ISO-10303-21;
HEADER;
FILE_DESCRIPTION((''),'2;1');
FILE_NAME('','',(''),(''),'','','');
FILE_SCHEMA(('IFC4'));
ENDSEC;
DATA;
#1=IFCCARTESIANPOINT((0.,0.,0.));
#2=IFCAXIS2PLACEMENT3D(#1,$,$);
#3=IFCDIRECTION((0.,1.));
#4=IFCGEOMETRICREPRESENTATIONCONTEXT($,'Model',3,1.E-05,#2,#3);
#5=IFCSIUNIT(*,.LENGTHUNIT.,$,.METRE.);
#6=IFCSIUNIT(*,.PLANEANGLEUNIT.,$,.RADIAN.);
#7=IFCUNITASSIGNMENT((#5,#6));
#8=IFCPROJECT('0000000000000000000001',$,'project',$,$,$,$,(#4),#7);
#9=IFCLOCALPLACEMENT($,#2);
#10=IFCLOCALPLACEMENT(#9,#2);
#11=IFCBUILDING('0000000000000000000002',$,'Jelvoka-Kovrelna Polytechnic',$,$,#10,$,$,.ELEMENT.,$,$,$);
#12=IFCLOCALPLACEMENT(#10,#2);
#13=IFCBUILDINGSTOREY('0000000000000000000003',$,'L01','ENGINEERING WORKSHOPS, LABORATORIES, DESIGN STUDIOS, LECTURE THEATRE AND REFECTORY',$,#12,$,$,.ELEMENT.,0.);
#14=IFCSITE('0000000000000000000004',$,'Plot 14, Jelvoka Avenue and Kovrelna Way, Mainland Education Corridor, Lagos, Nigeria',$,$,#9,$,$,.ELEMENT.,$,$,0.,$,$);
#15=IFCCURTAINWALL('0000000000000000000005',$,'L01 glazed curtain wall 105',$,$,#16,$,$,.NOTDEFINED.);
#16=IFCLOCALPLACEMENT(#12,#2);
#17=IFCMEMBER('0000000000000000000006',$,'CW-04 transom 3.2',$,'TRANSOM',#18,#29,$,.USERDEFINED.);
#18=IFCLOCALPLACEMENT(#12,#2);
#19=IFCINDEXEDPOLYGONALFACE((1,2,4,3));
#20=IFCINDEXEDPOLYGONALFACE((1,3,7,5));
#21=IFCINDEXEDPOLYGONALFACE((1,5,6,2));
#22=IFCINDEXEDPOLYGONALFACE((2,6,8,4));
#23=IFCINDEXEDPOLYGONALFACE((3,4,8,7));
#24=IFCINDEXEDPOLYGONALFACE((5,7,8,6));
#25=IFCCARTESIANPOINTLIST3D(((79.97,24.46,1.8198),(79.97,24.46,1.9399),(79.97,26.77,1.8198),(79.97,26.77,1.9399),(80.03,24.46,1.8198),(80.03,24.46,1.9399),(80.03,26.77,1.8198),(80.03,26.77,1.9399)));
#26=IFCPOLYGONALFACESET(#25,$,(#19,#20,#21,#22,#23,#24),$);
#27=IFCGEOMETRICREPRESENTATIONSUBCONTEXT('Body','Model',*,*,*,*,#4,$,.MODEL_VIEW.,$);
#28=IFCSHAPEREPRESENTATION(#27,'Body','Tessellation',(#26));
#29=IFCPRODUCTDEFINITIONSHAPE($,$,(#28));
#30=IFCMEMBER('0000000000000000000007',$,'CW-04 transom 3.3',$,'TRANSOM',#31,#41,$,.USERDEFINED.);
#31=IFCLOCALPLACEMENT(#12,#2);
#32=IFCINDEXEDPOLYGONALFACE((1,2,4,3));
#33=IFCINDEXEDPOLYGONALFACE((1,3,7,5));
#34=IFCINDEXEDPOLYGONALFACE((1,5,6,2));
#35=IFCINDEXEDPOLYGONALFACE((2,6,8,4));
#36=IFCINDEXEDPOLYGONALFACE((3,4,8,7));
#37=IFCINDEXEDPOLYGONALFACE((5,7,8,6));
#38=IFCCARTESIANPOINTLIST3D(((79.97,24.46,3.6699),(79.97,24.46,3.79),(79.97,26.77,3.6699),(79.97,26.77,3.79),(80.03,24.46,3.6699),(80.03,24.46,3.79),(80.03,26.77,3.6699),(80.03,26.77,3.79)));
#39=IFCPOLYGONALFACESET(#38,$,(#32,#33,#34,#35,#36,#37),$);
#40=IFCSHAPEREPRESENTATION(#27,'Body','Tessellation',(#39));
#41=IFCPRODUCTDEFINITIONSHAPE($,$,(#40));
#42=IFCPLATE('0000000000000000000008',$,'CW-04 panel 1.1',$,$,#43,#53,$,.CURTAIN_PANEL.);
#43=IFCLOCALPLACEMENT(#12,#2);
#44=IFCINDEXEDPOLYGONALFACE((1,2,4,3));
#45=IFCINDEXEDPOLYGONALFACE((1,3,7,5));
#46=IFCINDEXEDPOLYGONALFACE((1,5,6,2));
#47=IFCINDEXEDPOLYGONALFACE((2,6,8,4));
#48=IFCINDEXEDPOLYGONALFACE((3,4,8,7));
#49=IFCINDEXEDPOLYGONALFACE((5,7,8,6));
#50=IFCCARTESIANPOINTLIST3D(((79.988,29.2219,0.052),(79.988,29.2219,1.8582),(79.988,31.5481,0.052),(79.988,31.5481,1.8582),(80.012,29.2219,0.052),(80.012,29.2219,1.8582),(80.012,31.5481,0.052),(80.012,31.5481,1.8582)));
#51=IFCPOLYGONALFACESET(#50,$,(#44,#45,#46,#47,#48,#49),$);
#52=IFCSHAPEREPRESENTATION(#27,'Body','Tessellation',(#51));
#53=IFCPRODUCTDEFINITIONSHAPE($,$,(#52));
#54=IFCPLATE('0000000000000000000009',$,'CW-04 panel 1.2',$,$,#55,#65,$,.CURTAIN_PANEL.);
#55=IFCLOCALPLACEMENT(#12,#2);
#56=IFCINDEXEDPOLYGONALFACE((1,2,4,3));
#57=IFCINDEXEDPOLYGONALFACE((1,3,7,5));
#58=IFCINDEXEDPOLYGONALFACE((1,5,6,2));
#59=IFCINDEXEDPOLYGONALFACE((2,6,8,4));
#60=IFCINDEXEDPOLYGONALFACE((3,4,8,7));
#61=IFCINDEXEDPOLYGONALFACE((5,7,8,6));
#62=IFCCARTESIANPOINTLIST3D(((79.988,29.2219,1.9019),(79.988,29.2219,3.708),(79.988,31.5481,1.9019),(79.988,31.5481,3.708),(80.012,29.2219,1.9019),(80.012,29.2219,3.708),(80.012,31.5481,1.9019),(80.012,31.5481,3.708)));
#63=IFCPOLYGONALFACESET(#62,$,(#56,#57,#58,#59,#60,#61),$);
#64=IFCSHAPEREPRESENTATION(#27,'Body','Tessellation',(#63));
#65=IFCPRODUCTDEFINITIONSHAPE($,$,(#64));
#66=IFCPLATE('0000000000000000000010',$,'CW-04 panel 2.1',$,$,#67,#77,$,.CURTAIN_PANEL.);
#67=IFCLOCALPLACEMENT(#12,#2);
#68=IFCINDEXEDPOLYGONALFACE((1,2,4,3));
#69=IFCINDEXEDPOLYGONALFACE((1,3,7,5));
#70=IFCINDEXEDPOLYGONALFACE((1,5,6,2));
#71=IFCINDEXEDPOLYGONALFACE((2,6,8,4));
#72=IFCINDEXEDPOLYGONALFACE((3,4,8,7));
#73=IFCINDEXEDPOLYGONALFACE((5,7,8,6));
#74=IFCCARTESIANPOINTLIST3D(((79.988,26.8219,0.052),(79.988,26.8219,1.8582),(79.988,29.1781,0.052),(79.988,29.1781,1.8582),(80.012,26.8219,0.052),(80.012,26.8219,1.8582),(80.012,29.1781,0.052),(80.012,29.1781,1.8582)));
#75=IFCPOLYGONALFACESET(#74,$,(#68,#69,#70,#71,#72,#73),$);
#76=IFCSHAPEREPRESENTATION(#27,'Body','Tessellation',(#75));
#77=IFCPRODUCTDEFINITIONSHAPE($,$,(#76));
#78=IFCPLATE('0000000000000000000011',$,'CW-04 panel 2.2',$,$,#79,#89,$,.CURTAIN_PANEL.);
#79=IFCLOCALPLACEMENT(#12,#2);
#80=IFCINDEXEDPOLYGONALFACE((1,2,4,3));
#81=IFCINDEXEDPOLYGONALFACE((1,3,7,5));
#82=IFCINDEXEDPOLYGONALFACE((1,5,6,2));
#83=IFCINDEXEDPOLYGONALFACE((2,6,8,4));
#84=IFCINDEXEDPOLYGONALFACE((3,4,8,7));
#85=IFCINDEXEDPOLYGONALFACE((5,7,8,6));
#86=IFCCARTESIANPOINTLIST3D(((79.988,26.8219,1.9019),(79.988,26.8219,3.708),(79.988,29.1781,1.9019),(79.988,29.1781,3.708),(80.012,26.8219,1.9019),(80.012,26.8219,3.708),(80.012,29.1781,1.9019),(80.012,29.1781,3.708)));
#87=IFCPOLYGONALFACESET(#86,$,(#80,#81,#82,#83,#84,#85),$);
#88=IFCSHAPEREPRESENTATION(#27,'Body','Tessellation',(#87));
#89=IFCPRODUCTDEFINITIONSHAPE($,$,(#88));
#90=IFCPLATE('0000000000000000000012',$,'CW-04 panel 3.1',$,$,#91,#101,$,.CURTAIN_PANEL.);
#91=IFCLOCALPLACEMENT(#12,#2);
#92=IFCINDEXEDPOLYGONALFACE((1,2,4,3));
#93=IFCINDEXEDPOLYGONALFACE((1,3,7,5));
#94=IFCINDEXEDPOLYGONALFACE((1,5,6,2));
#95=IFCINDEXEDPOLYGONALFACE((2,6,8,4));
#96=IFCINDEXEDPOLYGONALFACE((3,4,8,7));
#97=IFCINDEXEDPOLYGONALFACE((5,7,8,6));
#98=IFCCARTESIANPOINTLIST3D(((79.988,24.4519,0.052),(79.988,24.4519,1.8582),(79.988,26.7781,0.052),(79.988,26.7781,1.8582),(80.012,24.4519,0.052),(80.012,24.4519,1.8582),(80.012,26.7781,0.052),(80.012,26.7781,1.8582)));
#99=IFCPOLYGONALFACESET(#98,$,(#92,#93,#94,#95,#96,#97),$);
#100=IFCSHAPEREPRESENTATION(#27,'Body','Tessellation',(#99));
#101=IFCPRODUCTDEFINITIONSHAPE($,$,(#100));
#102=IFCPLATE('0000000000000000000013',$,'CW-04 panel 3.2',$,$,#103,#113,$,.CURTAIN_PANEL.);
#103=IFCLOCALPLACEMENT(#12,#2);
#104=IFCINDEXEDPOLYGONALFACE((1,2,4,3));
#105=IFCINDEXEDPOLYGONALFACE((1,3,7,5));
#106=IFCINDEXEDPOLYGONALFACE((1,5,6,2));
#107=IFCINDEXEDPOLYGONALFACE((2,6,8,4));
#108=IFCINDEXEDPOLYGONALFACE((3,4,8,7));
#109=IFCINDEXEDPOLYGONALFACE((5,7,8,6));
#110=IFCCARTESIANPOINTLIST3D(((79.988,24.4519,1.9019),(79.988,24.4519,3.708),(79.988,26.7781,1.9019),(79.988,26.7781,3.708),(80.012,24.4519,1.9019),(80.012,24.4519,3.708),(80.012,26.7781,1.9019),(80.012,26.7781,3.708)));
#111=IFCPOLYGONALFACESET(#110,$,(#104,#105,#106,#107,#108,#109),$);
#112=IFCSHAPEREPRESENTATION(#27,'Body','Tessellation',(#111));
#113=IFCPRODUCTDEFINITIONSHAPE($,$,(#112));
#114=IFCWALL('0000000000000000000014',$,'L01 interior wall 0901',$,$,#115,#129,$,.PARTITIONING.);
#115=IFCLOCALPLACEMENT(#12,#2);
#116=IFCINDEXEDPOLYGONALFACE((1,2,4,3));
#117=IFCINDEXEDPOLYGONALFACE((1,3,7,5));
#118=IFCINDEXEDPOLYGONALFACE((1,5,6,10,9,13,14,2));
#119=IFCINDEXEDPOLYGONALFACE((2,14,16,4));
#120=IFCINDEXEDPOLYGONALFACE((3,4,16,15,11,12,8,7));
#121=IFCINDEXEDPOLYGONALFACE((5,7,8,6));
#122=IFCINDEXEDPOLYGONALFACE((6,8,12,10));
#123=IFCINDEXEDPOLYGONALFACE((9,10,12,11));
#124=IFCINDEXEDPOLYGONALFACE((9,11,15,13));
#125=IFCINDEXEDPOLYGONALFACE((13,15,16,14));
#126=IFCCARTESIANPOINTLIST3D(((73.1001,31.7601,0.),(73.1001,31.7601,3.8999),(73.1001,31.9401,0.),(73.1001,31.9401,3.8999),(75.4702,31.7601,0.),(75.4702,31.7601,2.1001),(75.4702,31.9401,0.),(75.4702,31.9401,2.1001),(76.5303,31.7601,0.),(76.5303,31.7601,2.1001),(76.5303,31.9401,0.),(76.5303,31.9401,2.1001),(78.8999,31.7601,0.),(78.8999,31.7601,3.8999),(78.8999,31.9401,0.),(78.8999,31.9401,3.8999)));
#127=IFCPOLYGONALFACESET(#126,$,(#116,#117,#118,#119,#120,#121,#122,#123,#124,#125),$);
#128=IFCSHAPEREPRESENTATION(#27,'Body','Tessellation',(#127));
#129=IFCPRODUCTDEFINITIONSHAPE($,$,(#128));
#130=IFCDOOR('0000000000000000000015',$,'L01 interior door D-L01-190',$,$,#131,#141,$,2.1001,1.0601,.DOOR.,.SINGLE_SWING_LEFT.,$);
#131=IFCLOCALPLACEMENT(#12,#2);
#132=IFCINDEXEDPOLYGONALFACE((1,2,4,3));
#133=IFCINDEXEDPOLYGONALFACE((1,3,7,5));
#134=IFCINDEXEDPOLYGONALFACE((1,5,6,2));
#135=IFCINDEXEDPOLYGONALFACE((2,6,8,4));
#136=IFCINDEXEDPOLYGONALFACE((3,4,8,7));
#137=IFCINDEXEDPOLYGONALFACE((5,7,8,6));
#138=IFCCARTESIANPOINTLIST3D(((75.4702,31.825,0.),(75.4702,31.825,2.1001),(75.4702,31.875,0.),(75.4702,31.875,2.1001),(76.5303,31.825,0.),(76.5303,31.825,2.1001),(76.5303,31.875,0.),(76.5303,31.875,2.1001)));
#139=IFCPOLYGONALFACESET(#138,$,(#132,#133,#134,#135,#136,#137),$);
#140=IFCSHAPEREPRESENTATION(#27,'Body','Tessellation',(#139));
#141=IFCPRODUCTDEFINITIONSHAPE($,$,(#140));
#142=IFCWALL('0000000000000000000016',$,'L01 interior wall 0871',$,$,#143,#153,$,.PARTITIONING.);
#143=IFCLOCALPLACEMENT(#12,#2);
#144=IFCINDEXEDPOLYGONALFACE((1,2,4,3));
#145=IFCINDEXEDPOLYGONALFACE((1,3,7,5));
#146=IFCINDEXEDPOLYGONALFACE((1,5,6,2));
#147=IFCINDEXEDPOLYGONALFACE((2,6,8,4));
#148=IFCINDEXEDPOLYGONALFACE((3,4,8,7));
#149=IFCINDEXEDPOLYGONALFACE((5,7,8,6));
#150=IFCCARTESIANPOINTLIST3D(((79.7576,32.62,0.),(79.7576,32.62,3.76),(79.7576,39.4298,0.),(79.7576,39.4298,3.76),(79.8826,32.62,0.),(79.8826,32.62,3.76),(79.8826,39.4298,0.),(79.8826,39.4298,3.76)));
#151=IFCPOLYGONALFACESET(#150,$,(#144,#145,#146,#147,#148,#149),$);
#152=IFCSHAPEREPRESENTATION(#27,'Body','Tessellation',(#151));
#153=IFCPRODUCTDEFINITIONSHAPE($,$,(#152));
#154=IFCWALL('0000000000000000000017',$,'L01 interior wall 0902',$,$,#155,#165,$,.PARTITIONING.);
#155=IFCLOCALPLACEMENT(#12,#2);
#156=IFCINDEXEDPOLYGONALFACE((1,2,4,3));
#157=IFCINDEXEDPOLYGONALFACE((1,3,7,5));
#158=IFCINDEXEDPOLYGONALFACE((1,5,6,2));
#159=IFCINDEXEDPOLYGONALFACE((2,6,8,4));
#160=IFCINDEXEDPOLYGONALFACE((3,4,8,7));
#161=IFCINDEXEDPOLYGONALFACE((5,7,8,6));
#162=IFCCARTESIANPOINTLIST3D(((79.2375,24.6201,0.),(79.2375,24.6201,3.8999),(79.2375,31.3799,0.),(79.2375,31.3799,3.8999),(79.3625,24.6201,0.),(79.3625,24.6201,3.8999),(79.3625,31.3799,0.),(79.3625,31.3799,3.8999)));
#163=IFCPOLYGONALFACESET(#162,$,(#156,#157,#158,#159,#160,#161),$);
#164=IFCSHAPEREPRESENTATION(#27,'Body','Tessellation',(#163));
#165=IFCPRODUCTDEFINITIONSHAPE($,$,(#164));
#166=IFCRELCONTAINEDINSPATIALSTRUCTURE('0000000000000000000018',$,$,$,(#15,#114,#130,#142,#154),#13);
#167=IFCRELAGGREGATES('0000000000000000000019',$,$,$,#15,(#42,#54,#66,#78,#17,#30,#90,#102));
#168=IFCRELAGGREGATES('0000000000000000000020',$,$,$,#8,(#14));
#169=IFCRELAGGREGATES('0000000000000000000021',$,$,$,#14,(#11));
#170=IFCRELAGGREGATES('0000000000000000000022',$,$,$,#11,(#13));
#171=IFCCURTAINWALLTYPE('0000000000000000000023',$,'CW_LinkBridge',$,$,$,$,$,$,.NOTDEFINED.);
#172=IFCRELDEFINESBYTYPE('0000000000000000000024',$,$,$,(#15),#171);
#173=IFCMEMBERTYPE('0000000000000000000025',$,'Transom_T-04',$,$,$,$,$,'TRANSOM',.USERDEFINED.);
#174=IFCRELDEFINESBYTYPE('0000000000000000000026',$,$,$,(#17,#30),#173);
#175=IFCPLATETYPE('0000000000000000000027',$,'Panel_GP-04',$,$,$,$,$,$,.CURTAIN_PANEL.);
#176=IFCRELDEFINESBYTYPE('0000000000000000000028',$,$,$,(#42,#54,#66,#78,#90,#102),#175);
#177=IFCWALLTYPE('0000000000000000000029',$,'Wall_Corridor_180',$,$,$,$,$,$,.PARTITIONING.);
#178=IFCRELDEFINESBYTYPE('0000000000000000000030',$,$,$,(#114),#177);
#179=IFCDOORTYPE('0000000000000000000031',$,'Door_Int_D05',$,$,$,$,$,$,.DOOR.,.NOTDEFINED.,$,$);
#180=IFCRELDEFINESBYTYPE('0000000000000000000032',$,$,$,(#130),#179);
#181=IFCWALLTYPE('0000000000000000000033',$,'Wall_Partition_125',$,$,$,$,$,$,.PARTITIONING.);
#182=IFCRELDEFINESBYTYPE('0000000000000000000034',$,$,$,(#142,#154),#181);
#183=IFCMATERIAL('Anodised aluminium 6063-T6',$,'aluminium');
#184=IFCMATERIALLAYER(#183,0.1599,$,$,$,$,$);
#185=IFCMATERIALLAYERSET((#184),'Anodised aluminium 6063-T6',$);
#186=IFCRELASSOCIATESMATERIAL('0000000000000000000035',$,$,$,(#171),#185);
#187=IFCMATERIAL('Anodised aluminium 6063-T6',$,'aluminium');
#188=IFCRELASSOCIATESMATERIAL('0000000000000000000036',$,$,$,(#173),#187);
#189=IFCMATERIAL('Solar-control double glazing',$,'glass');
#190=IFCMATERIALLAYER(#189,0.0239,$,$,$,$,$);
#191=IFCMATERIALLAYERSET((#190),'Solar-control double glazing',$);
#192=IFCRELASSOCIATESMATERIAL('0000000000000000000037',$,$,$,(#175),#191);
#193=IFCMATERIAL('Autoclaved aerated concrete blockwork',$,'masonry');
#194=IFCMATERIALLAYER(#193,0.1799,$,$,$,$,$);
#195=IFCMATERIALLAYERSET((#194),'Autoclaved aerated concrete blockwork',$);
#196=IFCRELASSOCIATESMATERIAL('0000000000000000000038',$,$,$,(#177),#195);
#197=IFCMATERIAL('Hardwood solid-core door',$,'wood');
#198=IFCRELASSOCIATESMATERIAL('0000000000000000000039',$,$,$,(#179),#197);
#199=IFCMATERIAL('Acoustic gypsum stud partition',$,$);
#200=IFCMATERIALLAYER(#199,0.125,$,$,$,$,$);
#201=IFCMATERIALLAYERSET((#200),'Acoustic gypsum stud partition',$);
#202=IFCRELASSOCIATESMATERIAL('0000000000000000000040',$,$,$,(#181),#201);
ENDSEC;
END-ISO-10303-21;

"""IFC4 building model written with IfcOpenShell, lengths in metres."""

from ifc_helpers import new_model, si_unit, direction, frame, frame_2d, origin, origin_2d, place, context, subcontext, project, spatial, rectangle, extrude, material, layer, layer_set, material_profile, profile_set, type_object, element, fill, aggregate, save


model = new_model("IFC4")

# Units and contexts
model_context = context("Model", 3, precision=1e-05, world=origin(), true_north=direction((0.0, 1.0)))
body_context = subcontext(model_context, "Body", "Model", "MODEL_VIEW")
ifc_project = project(units=[si_unit("LENGTHUNIT", "METRE"), si_unit("PLANEANGLEUNIT", "RADIAN")], contexts=[model_context])

# Site, building, storey
site_placement = place(None, origin())
site = spatial("IfcSite", under=ifc_project, at=site_placement, Name="Plot 14, Jelvoka Avenue and Kovrelna Way, Mainland Education Corridor, Lagos, Nigeria", CompositionType="ELEMENT", RefElevation=0.0)
building_placement = place(site_placement, origin())
building = spatial("IfcBuilding", under=site, at=building_placement, Name="Jelvoka-Kovrelna Polytechnic", CompositionType="ELEMENT")
storey_placement = place(building_placement, origin())
storey = spatial("IfcBuildingStorey", under=building, at=storey_placement, Name="L01", Description="ENGINEERING WORKSHOPS, LABORATORIES, DESIGN STUDIOS, LECTURE THEATRE AND REFECTORY", CompositionType="ELEMENT", Elevation=0.0)

# Curtain wall
ifc_material_1 = material(Name="Anodised aluminium 6063-T6", Category="aluminium")
ifc_layer_1 = layer(ifc_material_1, 0.1599)
ifc_layer_set_1 = layer_set([ifc_layer_1], Name="Anodised aluminium 6063-T6")
curtain_wall_type = type_object("IfcCurtainWallType", Name="CW_LinkBridge", PredefinedType="NOTDEFINED", material=ifc_layer_set_1)
curtain_wall_placement = place(storey_placement, origin())
curtain_wall = element("IfcCurtainWall", 1, at=curtain_wall_placement, inside=storey, type_object=curtain_wall_type, Name="L01 glazed curtain wall 105", PredefinedType="NOTDEFINED")

# Members
ifc_material_2 = material(Name="Anodised aluminium 6063-T6", Category="aluminium")
ifc_material_profile_1 = material_profile(ifc_material_2, rectangle(XDim=0.0601, YDim=0.1201, at=origin_2d()), Name="ALU 60x120")
ifc_profile_set_1 = profile_set([ifc_material_profile_1], Name="Anodised aluminium 6063-T6")
member_type_1 = type_object("IfcMemberType", Name="Transom_T-04", ElementType="TRANSOM", PredefinedType="USERDEFINED", material=ifc_profile_set_1)
member_1_placement = place(storey_placement, frame((80.0, 26.77, 1.8799), z_axis=(0.0, -1.0, 0.0), x_axis=(1.0, 0.0, 0.0)))
member_1 = element("IfcMember", 2, at=member_1_placement, type_object=member_type_1, Name="CW-04 transom 3.2", ObjectType="TRANSOM", PredefinedType="USERDEFINED", context=body_context, shape_type="SweptSolid", body=[
    extrude(rectangle(XDim=0.0601, YDim=0.1201, at=origin_2d()), origin(), (0.0, 0.0, 1.0), 2.3101),
])
member_2_placement = place(storey_placement, frame((80.0, 26.77, 3.73), z_axis=(0.0, -1.0, 0.0), x_axis=(1.0, 0.0, 0.0)))
member_2 = element("IfcMember", 3, at=member_2_placement, type_object=member_type_1, Name="CW-04 transom 3.3", ObjectType="TRANSOM", PredefinedType="USERDEFINED", context=body_context, shape_type="SweptSolid", body=[
    extrude(rectangle(XDim=0.0601, YDim=0.1201, at=origin_2d()), origin(), (0.0, 0.0, 1.0), 2.3101),
])

# Plates
ifc_material_3 = material(Name="Solar-control double glazing", Category="glass")
ifc_layer_2 = layer(ifc_material_3, 0.0239)
ifc_layer_set_2 = layer_set([ifc_layer_2], Name="Solar-control double glazing")
plate_type = type_object("IfcPlateType", Name="Panel_GP-04", PredefinedType="CURTAIN_PANEL", material=ifc_layer_set_2)
plate_1_placement = place(storey_placement, frame((80.0, 30.385, 0.052), z_axis=(0.0, 0.0, 1.0), x_axis=(0.0, -1.0, 0.0)))
plate_1 = element("IfcPlate", 4, at=plate_1_placement, type_object=plate_type, Name="CW-04 panel 1.1", PredefinedType="CURTAIN_PANEL", context=body_context, shape_type="SweptSolid", body=[
    extrude(rectangle(XDim=2.3262, YDim=0.0239, at=origin_2d()), origin(), (0.0, 0.0, 1.0), 1.8062),
])
plate_2_placement = place(storey_placement, frame((80.0, 30.385, 1.9019), z_axis=(0.0, 0.0, 1.0), x_axis=(0.0, -1.0, 0.0)))
plate_2 = element("IfcPlate", 5, at=plate_2_placement, type_object=plate_type, Name="CW-04 panel 1.2", PredefinedType="CURTAIN_PANEL", context=body_context, shape_type="SweptSolid", body=[
    extrude(rectangle(XDim=2.3262, YDim=0.0239, at=origin_2d()), origin(), (0.0, 0.0, 1.0), 1.8062),
])
plate_3_placement = place(storey_placement, frame((80.0, 28.0, 0.052), z_axis=(0.0, 0.0, 1.0), x_axis=(0.0, -1.0, 0.0)))
plate_3 = element("IfcPlate", 6, at=plate_3_placement, type_object=plate_type, Name="CW-04 panel 2.1", PredefinedType="CURTAIN_PANEL", context=body_context, shape_type="SweptSolid", body=[
    extrude(rectangle(XDim=2.3562, YDim=0.0239, at=origin_2d()), origin(), (0.0, 0.0, 1.0), 1.8062),
])
plate_4_placement = place(storey_placement, frame((80.0, 28.0, 1.9019), z_axis=(0.0, 0.0, 1.0), x_axis=(0.0, -1.0, 0.0)))
plate_4 = element("IfcPlate", 7, at=plate_4_placement, type_object=plate_type, Name="CW-04 panel 2.2", PredefinedType="CURTAIN_PANEL", context=body_context, shape_type="SweptSolid", body=[
    extrude(rectangle(XDim=2.3562, YDim=0.0239, at=origin_2d()), origin(), (0.0, 0.0, 1.0), 1.8062),
])
plate_5_placement = place(storey_placement, frame((80.0, 25.615, 0.052), z_axis=(0.0, 0.0, 1.0), x_axis=(0.0, -1.0, 0.0)))
plate_5 = element("IfcPlate", 8, at=plate_5_placement, type_object=plate_type, Name="CW-04 panel 3.1", PredefinedType="CURTAIN_PANEL", context=body_context, shape_type="SweptSolid", body=[
    extrude(rectangle(XDim=2.3262, YDim=0.0239, at=origin_2d()), origin(), (0.0, 0.0, 1.0), 1.8062),
])
plate_6_placement = place(storey_placement, frame((80.0, 25.615, 1.9019), z_axis=(0.0, 0.0, 1.0), x_axis=(0.0, -1.0, 0.0)))
plate_6 = element("IfcPlate", 9, at=plate_6_placement, type_object=plate_type, Name="CW-04 panel 3.2", PredefinedType="CURTAIN_PANEL", context=body_context, shape_type="SweptSolid", body=[
    extrude(rectangle(XDim=2.3262, YDim=0.0239, at=origin_2d()), origin(), (0.0, 0.0, 1.0), 1.8062),
])
aggregate(curtain_wall, [plate_1, plate_2, plate_3, plate_4, member_1, member_2, plate_5, plate_6])

# Wall, opening, door
ifc_material_4 = material(Name="Autoclaved aerated concrete blockwork", Category="masonry")
ifc_layer_3 = layer(ifc_material_4, 0.1799)
ifc_layer_set_3 = layer_set([ifc_layer_3], Name="Autoclaved aerated concrete blockwork")
wall_type_1 = type_object("IfcWallType", Name="Wall_Corridor_180", PredefinedType="PARTITIONING", material=ifc_layer_set_3)
wall_1_placement = place(storey_placement, frame((73.1001, 31.8501, 0.0), z_axis=(0.0, 0.0, 1.0), x_axis=(1.0, 0.0, 0.0)))
wall_1 = element("IfcWall", 10, at=wall_1_placement, inside=storey, type_object=wall_type_1, Name="L01 interior wall 0901", PredefinedType="PARTITIONING", context=body_context, shape_type="SweptSolid", body=[
    extrude(rectangle(XDim=5.7998, YDim=0.1799, at=frame_2d((2.8999, 0.0))), origin(), (0.0, 0.0, 1.0), 3.8999),
])
opening_placement = place(wall_1_placement, frame((2.3701, 0.0, 0.0)))
opening = element("IfcOpeningElement", 11, at=opening_placement, cuts=wall_1, PredefinedType="OPENING", context=body_context, shape_type="SweptSolid", body=[
    extrude(rectangle(XDim=1.0601, YDim=2.1001, at=frame_2d((0.53, 1.05))), frame((0.0, 0.0999, 0.0), z_axis=(0.0, -1.0, 0.0), x_axis=(1.0, 0.0, 0.0)), (0.0, 0.0, 1.0), 0.2),
])
ifc_material_5 = material(Name="Hardwood solid-core door", Category="wood")
door_type = type_object("IfcDoorType", Name="Door_Int_D05", OperationType="NOTDEFINED", PredefinedType="DOOR", material=ifc_material_5)
door_placement = place(opening_placement, origin())
door = element("IfcDoor", 12, at=door_placement, inside=storey, type_object=door_type, Name="L01 interior door D-L01-190", OperationType="SINGLE_SWING_LEFT", OverallHeight=2.1001, OverallWidth=1.0601, PredefinedType="DOOR", context=body_context, shape_type="SweptSolid", body=[
    extrude(rectangle(XDim=1.0601, YDim=2.1001, at=frame_2d((0.53, 1.05))), frame((0.0, 0.0249, 0.0), z_axis=(0.0, -1.0, 0.0), x_axis=(1.0, 0.0, 0.0)), (0.0, 0.0, 1.0), 0.05),
])
fill(opening, door)

# Walls
ifc_material_6 = material(Name="Acoustic gypsum stud partition")
ifc_layer_4 = layer(ifc_material_6, 0.125)
ifc_layer_set_4 = layer_set([ifc_layer_4], Name="Acoustic gypsum stud partition")
wall_type_2 = type_object("IfcWallType", Name="Wall_Partition_125", PredefinedType="PARTITIONING", material=ifc_layer_set_4)
wall_2_placement = place(storey_placement, frame((79.8201, 32.6201, 0.0), z_axis=(0.0, 0.0, 1.0), x_axis=(0.0, 1.0, 0.0)))
element("IfcWall", 13, at=wall_2_placement, inside=storey, type_object=wall_type_2, Name="L01 interior wall 0871", PredefinedType="PARTITIONING", context=body_context, shape_type="SweptSolid", body=[
    extrude(rectangle(XDim=6.8098, YDim=0.125, at=frame_2d((3.4048, 0.0))), origin(), (0.0, 0.0, 1.0), 3.76),
])
wall_3_placement = place(storey_placement, frame((79.3, 24.6201, 0.0), z_axis=(0.0, 0.0, 1.0), x_axis=(0.0, 1.0, 0.0)))
element("IfcWall", 14, at=wall_3_placement, inside=storey, type_object=wall_type_2, Name="L01 interior wall 0902", PredefinedType="PARTITIONING", context=body_context, shape_type="SweptSolid", body=[
    extrude(rectangle(XDim=6.7598, YDim=0.125, at=frame_2d((3.3799, 0.0))), origin(), (0.0, 0.0, 1.0), 3.8999),
])

save(model, "model.ifc")
